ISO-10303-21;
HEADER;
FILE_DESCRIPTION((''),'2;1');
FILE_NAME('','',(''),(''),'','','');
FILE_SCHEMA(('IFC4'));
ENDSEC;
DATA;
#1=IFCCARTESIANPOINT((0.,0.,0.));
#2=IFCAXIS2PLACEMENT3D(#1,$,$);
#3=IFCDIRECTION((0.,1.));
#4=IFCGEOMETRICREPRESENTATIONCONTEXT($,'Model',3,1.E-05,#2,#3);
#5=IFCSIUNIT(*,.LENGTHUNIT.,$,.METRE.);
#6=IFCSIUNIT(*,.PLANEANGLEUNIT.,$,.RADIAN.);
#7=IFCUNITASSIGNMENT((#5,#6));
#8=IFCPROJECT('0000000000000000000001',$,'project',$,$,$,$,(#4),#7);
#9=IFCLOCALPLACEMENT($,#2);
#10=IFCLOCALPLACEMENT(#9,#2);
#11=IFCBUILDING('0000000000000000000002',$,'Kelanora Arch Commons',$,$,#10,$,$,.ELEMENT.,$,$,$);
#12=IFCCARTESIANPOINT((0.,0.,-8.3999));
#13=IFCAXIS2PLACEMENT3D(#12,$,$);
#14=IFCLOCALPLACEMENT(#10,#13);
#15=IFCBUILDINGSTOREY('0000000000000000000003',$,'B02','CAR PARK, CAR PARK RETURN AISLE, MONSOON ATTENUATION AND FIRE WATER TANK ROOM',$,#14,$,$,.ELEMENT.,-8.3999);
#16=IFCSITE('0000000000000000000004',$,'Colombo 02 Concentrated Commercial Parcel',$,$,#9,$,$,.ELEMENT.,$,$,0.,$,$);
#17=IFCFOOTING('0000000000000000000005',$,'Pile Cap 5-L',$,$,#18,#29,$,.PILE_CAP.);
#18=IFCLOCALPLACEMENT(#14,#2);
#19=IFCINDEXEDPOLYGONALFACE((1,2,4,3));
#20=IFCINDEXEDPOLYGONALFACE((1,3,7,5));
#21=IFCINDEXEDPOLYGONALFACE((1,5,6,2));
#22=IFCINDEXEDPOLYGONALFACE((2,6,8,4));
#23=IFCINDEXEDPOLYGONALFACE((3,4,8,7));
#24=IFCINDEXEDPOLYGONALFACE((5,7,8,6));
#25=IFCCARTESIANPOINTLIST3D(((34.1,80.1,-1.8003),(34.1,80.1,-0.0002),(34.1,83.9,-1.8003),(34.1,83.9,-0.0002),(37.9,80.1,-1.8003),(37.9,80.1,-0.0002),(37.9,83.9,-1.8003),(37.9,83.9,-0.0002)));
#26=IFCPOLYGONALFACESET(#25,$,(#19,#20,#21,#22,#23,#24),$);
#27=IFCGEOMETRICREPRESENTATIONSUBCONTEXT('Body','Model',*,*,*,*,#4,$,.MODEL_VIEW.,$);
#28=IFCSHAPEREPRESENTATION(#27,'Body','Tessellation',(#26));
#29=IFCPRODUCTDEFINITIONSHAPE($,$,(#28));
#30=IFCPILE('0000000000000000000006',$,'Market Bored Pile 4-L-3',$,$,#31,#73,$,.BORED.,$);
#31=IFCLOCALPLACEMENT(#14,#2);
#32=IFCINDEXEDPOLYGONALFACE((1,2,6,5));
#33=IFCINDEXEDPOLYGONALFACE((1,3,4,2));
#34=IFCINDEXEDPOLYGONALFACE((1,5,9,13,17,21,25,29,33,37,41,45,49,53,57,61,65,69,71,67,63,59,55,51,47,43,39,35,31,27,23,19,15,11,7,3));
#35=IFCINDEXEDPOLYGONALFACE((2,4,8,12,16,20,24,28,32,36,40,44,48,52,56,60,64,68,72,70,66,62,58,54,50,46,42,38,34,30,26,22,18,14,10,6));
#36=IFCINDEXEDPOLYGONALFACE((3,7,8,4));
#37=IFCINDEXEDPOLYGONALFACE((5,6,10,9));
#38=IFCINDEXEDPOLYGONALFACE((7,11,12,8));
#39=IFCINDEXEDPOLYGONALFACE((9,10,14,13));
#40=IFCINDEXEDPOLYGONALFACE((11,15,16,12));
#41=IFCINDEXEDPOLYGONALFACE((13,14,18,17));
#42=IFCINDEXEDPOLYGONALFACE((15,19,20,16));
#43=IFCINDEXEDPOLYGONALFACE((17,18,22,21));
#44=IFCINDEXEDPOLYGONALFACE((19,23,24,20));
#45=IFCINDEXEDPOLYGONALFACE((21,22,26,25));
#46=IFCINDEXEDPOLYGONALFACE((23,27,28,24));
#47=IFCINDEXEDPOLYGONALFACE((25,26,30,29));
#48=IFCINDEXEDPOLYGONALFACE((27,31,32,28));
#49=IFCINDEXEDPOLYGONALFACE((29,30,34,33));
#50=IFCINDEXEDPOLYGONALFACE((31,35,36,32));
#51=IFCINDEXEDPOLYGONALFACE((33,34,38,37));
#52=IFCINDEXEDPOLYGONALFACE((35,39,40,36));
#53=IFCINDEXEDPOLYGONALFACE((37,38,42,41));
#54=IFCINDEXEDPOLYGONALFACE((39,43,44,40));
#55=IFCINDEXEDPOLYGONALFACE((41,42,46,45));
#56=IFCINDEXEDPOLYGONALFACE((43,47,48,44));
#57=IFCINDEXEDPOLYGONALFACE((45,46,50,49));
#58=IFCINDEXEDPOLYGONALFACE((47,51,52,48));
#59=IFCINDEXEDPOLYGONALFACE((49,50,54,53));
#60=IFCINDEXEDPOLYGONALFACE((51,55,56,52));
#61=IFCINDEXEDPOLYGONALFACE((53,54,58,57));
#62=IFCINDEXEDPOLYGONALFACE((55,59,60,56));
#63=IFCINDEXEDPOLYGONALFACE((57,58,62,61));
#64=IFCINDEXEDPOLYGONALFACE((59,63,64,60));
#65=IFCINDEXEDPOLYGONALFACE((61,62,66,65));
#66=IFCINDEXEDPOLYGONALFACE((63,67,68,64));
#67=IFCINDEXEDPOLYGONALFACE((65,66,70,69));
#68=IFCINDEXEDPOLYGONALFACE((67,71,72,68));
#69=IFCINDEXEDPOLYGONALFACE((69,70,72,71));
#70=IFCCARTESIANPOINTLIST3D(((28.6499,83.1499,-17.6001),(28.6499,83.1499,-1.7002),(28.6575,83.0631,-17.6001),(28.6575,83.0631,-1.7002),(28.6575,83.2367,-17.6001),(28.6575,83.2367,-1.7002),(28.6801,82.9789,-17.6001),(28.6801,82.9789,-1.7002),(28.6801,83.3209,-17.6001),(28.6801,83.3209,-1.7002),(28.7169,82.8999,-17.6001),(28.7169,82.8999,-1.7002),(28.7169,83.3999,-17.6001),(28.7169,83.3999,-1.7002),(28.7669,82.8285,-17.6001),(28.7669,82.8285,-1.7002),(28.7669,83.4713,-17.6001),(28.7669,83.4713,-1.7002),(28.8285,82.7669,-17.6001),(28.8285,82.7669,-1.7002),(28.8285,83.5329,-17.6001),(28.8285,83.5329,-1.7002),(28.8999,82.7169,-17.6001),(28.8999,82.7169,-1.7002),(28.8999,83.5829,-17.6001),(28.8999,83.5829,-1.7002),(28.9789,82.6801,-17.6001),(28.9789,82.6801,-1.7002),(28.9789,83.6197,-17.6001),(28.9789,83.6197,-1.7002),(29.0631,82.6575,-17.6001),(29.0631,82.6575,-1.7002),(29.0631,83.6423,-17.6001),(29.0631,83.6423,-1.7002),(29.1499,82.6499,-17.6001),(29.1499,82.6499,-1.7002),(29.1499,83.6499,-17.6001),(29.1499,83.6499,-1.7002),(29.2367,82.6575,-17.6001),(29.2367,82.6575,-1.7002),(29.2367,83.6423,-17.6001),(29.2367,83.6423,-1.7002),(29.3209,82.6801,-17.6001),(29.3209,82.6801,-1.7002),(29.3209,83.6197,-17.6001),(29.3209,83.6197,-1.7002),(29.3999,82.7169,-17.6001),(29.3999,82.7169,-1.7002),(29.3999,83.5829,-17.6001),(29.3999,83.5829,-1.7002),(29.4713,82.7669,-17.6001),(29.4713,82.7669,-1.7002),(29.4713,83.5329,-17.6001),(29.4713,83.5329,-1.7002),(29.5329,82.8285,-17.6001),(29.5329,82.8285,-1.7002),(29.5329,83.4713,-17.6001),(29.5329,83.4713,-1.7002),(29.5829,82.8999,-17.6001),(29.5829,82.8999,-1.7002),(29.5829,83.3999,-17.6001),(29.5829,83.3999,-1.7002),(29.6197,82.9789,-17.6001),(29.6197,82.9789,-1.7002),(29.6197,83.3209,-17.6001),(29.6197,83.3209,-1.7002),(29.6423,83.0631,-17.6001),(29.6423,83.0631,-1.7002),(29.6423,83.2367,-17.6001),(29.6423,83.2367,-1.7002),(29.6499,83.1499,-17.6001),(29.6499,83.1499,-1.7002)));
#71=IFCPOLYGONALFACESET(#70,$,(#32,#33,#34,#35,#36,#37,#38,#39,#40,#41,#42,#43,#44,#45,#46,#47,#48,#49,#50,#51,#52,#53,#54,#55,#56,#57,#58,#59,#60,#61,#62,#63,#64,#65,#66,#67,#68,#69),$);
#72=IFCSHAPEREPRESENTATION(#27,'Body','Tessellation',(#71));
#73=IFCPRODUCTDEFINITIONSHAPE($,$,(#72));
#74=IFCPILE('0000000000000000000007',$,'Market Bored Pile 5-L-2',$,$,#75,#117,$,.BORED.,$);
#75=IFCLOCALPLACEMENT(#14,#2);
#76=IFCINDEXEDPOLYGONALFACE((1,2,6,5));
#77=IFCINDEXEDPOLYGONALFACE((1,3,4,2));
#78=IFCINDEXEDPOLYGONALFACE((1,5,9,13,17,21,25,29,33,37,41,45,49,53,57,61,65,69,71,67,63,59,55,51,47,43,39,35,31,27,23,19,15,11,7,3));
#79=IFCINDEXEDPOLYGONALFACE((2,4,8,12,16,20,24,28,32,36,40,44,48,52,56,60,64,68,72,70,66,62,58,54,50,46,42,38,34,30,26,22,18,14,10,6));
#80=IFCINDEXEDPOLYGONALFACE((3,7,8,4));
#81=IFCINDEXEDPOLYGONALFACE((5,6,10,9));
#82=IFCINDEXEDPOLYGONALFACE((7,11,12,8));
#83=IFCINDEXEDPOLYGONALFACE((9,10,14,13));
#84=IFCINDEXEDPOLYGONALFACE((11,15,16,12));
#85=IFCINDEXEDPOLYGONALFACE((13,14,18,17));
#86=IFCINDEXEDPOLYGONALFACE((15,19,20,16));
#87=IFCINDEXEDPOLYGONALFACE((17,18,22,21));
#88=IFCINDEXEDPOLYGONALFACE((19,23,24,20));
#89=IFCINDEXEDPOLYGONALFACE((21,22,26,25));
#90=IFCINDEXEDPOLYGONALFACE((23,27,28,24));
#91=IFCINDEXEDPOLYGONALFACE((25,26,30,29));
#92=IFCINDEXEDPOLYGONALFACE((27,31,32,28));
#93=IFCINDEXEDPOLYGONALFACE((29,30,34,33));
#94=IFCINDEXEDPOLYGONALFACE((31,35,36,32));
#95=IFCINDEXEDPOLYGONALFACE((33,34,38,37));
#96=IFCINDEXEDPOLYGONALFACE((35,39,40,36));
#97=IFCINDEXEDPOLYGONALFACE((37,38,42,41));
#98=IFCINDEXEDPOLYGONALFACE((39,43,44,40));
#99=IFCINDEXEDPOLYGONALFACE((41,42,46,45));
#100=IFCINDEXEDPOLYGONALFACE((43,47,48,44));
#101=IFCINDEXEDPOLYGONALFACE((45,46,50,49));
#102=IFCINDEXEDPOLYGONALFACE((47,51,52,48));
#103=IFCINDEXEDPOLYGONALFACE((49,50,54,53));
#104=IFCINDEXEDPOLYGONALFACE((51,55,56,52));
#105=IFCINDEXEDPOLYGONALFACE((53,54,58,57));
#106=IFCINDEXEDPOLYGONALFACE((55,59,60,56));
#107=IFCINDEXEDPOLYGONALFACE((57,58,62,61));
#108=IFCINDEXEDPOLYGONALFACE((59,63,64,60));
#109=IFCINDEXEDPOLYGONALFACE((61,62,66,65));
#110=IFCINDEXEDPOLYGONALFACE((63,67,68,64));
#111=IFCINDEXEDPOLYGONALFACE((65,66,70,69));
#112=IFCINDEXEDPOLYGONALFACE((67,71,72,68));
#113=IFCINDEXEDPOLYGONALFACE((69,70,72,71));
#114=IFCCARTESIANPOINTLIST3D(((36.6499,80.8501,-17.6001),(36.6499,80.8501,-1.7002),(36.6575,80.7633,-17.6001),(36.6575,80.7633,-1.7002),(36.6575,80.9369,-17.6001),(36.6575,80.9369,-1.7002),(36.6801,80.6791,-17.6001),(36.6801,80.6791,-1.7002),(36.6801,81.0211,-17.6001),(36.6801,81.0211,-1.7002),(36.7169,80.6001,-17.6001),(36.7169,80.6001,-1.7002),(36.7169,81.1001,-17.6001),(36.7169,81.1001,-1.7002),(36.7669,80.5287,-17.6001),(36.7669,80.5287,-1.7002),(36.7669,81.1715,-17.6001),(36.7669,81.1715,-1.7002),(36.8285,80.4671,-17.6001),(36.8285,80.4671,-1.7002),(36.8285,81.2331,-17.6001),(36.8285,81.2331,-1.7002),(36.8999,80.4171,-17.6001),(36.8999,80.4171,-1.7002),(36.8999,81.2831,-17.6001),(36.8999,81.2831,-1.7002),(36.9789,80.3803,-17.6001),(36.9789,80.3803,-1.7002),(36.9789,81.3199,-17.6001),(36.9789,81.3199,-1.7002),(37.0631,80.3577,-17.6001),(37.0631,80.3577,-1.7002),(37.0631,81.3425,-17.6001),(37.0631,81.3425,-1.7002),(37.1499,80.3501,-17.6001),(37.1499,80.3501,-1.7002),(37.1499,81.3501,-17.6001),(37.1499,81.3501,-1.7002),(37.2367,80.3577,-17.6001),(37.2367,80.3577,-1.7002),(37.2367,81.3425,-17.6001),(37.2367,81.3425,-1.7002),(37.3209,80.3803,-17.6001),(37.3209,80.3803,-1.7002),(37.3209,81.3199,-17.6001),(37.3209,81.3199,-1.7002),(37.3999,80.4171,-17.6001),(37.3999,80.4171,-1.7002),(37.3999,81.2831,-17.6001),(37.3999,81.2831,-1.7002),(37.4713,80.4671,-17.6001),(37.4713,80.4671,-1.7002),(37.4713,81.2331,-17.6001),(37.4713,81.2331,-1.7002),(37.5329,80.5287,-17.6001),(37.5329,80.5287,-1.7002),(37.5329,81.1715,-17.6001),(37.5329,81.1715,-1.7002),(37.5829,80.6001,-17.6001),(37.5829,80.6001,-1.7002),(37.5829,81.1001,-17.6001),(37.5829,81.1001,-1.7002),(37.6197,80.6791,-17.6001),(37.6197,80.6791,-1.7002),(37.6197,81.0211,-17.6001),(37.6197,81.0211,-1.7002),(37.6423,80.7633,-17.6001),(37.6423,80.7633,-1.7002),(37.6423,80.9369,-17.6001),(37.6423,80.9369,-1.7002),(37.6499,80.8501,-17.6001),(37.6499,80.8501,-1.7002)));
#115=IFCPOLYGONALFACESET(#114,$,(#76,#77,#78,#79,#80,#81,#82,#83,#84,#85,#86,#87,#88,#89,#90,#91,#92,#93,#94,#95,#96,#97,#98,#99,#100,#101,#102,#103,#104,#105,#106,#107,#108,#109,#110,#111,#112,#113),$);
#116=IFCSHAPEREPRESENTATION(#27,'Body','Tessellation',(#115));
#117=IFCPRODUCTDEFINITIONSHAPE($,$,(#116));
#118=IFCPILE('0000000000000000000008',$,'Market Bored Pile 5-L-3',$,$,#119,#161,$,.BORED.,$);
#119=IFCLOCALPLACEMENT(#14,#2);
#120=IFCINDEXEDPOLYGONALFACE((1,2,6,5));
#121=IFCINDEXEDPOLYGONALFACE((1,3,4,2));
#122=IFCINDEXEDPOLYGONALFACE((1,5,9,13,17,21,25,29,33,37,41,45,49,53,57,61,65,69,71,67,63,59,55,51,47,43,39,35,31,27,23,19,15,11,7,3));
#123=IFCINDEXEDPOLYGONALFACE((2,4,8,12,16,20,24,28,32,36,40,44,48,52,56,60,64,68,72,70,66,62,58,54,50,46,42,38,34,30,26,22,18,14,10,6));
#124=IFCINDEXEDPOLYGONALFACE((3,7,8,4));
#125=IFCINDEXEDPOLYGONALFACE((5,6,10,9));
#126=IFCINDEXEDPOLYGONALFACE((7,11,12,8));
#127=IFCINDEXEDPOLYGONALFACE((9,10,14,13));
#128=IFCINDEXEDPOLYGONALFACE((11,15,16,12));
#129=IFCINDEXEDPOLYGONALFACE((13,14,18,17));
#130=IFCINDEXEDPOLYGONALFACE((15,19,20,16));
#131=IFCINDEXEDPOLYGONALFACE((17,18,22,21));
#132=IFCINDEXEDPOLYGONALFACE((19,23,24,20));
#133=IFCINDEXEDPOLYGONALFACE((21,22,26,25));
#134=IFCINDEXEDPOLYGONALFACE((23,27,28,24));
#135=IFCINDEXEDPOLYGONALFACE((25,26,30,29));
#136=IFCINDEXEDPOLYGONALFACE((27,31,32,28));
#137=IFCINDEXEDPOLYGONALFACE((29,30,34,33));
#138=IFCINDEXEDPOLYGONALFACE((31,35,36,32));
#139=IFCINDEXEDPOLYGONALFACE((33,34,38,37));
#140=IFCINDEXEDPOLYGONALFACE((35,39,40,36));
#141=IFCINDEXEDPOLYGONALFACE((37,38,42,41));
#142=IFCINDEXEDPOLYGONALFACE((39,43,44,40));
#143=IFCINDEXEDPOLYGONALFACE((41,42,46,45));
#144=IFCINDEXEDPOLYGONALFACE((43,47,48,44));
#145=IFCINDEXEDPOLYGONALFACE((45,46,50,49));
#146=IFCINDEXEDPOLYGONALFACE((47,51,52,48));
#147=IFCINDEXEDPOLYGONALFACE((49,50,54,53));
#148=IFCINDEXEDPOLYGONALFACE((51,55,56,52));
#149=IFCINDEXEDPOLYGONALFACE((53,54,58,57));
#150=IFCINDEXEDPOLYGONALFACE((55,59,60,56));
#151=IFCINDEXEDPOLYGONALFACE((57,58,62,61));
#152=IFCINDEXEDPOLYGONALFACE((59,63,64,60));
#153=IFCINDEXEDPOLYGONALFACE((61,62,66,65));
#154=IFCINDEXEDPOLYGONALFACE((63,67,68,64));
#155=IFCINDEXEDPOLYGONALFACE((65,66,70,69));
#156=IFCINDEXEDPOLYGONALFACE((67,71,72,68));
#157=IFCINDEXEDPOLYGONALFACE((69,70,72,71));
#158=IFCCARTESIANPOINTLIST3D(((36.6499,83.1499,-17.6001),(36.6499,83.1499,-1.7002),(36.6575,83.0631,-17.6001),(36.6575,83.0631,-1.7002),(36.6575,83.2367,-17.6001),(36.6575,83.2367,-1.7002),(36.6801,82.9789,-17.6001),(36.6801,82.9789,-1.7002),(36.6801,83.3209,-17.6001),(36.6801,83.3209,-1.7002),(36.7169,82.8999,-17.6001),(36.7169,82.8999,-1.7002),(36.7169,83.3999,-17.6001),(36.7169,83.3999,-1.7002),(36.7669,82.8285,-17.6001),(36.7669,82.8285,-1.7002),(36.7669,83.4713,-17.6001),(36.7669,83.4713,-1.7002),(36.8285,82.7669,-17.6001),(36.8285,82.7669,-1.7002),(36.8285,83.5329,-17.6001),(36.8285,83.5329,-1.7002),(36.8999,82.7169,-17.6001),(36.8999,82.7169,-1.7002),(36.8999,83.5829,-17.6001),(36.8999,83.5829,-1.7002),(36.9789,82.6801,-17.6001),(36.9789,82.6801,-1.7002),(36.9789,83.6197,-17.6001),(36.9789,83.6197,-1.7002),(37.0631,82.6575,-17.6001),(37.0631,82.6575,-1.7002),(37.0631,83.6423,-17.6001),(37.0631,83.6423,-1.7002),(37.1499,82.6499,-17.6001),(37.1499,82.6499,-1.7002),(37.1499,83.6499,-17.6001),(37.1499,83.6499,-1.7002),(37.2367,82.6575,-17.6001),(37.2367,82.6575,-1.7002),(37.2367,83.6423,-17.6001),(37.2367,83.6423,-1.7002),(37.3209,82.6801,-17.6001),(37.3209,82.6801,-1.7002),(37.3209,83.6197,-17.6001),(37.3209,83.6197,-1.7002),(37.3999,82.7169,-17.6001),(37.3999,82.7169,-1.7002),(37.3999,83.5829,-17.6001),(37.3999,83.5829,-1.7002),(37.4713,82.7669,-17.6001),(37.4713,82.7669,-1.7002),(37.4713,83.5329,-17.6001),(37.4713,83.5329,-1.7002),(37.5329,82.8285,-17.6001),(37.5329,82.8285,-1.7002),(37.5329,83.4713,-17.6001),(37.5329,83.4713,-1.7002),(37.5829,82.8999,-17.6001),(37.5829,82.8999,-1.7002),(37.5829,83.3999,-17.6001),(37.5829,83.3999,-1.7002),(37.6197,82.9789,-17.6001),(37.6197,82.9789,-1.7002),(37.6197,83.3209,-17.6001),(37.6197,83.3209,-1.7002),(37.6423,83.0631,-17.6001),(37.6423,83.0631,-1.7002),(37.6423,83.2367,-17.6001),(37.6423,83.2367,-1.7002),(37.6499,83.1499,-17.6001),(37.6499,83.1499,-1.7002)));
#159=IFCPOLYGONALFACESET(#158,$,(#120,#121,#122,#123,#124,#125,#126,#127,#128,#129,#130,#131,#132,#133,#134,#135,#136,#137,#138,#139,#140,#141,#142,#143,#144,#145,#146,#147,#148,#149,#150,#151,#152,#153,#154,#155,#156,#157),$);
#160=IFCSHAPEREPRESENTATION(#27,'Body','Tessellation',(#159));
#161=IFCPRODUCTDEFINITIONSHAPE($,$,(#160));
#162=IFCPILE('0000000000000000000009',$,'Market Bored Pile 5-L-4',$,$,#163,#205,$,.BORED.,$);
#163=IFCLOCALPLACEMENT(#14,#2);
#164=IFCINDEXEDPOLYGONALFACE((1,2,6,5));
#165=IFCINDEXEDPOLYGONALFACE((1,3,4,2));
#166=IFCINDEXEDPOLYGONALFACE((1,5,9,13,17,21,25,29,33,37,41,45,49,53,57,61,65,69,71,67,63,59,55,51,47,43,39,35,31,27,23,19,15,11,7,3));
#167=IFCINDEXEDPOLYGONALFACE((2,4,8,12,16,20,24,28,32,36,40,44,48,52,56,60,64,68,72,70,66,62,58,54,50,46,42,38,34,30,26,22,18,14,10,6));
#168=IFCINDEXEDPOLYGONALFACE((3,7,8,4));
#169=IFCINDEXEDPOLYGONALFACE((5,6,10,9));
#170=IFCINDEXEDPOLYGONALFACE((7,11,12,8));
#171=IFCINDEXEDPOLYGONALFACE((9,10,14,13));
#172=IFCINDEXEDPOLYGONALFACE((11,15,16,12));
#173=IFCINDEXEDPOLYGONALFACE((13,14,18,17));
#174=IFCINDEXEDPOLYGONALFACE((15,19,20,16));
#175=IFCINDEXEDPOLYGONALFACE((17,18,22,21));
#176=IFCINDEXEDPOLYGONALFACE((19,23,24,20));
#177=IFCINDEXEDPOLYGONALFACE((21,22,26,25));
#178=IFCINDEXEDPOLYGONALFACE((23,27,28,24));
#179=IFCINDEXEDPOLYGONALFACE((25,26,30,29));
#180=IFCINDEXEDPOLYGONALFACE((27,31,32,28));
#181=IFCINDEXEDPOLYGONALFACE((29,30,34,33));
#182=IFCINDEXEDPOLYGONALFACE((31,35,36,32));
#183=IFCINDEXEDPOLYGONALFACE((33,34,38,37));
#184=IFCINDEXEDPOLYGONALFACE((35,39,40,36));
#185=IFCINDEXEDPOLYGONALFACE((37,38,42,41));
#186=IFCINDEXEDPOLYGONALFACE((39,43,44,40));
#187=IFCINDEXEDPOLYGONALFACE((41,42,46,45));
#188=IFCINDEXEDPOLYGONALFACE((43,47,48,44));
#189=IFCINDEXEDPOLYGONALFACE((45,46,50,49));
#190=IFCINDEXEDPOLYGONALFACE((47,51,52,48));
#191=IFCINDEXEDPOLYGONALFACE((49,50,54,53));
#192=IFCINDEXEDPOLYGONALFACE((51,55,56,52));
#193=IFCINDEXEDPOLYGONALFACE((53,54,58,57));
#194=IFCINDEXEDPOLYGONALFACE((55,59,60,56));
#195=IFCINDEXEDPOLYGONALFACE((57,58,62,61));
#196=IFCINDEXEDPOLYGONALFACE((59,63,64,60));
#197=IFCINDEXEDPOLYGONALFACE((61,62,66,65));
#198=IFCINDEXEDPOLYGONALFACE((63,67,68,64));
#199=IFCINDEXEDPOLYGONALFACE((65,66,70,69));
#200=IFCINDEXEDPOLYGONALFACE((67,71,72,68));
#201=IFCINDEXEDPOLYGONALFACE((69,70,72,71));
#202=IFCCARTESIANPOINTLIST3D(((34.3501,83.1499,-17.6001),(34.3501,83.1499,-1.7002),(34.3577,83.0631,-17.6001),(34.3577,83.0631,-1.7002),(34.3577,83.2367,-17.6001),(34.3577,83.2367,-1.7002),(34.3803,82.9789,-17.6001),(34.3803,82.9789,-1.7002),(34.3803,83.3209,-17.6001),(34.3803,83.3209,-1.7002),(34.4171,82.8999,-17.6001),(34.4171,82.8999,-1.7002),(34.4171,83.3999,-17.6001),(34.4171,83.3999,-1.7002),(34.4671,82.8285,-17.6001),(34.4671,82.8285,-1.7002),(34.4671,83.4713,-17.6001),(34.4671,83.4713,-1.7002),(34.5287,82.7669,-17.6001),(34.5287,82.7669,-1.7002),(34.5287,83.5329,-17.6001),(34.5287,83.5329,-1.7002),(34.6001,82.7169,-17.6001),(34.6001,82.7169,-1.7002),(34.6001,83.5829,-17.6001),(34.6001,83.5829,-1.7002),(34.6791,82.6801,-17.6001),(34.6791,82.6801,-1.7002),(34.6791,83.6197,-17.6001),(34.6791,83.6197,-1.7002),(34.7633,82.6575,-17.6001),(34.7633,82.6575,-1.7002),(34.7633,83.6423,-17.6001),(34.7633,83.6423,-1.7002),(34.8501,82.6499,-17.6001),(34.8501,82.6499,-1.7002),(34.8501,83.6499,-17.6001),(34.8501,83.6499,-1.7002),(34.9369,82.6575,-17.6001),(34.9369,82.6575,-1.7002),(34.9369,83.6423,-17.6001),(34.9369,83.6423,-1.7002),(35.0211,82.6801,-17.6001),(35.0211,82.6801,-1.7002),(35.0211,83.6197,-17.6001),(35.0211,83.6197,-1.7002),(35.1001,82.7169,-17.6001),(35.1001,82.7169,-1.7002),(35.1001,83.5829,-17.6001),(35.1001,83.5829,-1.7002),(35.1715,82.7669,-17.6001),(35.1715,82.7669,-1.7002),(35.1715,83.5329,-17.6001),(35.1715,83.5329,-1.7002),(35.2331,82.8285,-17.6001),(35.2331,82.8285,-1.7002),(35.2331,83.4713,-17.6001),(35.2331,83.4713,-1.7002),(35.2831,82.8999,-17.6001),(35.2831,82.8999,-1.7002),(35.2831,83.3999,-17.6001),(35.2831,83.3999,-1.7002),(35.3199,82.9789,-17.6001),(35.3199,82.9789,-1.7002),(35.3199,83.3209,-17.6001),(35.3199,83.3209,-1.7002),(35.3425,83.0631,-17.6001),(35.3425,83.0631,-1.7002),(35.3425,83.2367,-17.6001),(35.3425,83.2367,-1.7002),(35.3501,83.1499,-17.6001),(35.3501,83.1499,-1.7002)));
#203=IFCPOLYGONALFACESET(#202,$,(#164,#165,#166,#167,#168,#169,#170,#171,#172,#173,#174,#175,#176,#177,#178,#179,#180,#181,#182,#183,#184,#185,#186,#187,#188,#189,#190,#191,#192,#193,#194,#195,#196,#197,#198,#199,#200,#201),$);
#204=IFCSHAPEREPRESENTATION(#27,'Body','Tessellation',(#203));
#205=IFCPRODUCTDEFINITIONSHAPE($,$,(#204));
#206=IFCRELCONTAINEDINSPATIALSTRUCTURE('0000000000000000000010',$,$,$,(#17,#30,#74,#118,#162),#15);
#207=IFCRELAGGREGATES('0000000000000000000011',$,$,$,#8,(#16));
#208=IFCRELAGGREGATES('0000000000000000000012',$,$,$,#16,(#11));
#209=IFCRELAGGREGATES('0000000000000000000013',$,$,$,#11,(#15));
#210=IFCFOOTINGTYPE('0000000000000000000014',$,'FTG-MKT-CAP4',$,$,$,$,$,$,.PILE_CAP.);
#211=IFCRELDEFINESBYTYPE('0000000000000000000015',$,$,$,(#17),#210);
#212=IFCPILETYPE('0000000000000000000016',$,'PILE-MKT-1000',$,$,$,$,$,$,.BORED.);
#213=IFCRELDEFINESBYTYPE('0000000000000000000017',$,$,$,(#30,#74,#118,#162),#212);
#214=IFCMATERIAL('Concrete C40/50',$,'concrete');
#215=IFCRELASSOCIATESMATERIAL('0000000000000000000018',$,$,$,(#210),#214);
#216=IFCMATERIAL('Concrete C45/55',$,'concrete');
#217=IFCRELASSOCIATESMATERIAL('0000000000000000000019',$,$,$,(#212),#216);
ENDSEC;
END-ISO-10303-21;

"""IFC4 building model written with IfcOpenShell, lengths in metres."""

from ifc_helpers import new_model, si_unit, direction, frame, origin, origin_2d, place, context, subcontext, project, spatial, rectangle, circle, extrude, source, transform, mapped, material, material_profile, profile_set, type_object, element, save


model = new_model("IFC4")

# Units and contexts
model_context = context("Model", 3, precision=1e-05, world=origin(), true_north=direction((0.0, 1.0)))
body_context = subcontext(model_context, "Body", "Model", "MODEL_VIEW")
ifc_project = project(units=[si_unit("LENGTHUNIT", "METRE"), si_unit("PLANEANGLEUNIT", "RADIAN")], contexts=[model_context])

# Site, building, storey
site_placement = place(None, origin())
site = spatial("IfcSite", under=ifc_project, at=site_placement, Name="Colombo 02 Concentrated Commercial Parcel", CompositionType="ELEMENT", RefElevation=0.0)
building_placement = place(site_placement, origin())
building = spatial("IfcBuilding", under=site, at=building_placement, Name="Kelanora Arch Commons", CompositionType="ELEMENT")
storey_placement = place(building_placement, frame((0.0, 0.0, -8.3999)))
storey = spatial("IfcBuildingStorey", under=building, at=storey_placement, Name="B02", Description="CAR PARK, CAR PARK RETURN AISLE, MONSOON ATTENUATION AND FIRE WATER TANK ROOM", CompositionType="ELEMENT", Elevation=-8.3999)

# Footing
ifc_material_1 = material(Name="Concrete C40/50", Category="concrete")
footing_type_1 = type_object("IfcFootingType", Name="FTG-MKT-CAP4", PredefinedType="PILE_CAP", material=ifc_material_1)
shared_shape_1 = source(origin(), body_context, "Body", "SweptSolid", [
    extrude(rectangle(XDim=3.8, YDim=3.8, at=origin_2d()), origin(), (0.0, 0.0, 1.0), 1.8),
])
footing_1_placement = place(storey_placement, frame((36.0, 82.0, -1.8003), z_axis=(0.0, 0.0, 1.0), x_axis=(1.0, 0.0, 0.0)))
element("IfcFooting", 1, at=footing_1_placement, inside=storey, type_object=footing_type_1, Name="Pile Cap 5-L", PredefinedType="PILE_CAP", context=body_context, shape_type="MappedRepresentation", body=[
    mapped(shared_shape_1, transform((0.0, 0.0, 0.0), scale=1.0)),
])

# Piles
ifc_material_2 = material(Name="Concrete C45/55", Category="concrete")
ifc_material_profile_1 = material_profile(ifc_material_2, circle(Radius=0.5, at=origin_2d()), Name="PILE1000")
ifc_profile_set_1 = profile_set([ifc_material_profile_1], Name="Concrete C45/55")
pile_type = type_object("IfcPileType", Name="PILE-MKT-1000", PredefinedType="BORED", material=ifc_profile_set_1)
shared_shape_2 = source(origin(), body_context, "Body", "SweptSolid", [
    extrude(circle(Radius=0.5, at=origin_2d()), origin(), (0.0, 0.0, 1.0), 15.8999),
])
for number, where, z_axis, x_axis, name in (
    (2, (29.1499, 83.1499, -1.7002), (0.0, 0.0, -1.0), (1.0, 0.0, 0.0), "Market Bored Pile 4-L-3"),
    (3, (37.1499, 80.8501, -1.7002), (0.0, 0.0, -1.0), (1.0, 0.0, 0.0), "Market Bored Pile 5-L-2"),
    (4, (37.1499, 83.1499, -1.7002), (0.0, 0.0, -1.0), (1.0, 0.0, 0.0), "Market Bored Pile 5-L-3"),
    (5, (34.8501, 83.1499, -1.7002), (0.0, 0.0, -1.0), (1.0, 0.0, 0.0), "Market Bored Pile 5-L-4"),
):
    element("IfcPile", number, at=place(storey_placement, frame(where, z_axis=z_axis, x_axis=x_axis)), inside=storey, type_object=pile_type, Name=name, PredefinedType="BORED", context=body_context, shape_type="MappedRepresentation", body=[
        mapped(shared_shape_2, transform((0.0, 0.0, 0.0), scale=1.0)),
    ])

save(model, "model.ifc")
